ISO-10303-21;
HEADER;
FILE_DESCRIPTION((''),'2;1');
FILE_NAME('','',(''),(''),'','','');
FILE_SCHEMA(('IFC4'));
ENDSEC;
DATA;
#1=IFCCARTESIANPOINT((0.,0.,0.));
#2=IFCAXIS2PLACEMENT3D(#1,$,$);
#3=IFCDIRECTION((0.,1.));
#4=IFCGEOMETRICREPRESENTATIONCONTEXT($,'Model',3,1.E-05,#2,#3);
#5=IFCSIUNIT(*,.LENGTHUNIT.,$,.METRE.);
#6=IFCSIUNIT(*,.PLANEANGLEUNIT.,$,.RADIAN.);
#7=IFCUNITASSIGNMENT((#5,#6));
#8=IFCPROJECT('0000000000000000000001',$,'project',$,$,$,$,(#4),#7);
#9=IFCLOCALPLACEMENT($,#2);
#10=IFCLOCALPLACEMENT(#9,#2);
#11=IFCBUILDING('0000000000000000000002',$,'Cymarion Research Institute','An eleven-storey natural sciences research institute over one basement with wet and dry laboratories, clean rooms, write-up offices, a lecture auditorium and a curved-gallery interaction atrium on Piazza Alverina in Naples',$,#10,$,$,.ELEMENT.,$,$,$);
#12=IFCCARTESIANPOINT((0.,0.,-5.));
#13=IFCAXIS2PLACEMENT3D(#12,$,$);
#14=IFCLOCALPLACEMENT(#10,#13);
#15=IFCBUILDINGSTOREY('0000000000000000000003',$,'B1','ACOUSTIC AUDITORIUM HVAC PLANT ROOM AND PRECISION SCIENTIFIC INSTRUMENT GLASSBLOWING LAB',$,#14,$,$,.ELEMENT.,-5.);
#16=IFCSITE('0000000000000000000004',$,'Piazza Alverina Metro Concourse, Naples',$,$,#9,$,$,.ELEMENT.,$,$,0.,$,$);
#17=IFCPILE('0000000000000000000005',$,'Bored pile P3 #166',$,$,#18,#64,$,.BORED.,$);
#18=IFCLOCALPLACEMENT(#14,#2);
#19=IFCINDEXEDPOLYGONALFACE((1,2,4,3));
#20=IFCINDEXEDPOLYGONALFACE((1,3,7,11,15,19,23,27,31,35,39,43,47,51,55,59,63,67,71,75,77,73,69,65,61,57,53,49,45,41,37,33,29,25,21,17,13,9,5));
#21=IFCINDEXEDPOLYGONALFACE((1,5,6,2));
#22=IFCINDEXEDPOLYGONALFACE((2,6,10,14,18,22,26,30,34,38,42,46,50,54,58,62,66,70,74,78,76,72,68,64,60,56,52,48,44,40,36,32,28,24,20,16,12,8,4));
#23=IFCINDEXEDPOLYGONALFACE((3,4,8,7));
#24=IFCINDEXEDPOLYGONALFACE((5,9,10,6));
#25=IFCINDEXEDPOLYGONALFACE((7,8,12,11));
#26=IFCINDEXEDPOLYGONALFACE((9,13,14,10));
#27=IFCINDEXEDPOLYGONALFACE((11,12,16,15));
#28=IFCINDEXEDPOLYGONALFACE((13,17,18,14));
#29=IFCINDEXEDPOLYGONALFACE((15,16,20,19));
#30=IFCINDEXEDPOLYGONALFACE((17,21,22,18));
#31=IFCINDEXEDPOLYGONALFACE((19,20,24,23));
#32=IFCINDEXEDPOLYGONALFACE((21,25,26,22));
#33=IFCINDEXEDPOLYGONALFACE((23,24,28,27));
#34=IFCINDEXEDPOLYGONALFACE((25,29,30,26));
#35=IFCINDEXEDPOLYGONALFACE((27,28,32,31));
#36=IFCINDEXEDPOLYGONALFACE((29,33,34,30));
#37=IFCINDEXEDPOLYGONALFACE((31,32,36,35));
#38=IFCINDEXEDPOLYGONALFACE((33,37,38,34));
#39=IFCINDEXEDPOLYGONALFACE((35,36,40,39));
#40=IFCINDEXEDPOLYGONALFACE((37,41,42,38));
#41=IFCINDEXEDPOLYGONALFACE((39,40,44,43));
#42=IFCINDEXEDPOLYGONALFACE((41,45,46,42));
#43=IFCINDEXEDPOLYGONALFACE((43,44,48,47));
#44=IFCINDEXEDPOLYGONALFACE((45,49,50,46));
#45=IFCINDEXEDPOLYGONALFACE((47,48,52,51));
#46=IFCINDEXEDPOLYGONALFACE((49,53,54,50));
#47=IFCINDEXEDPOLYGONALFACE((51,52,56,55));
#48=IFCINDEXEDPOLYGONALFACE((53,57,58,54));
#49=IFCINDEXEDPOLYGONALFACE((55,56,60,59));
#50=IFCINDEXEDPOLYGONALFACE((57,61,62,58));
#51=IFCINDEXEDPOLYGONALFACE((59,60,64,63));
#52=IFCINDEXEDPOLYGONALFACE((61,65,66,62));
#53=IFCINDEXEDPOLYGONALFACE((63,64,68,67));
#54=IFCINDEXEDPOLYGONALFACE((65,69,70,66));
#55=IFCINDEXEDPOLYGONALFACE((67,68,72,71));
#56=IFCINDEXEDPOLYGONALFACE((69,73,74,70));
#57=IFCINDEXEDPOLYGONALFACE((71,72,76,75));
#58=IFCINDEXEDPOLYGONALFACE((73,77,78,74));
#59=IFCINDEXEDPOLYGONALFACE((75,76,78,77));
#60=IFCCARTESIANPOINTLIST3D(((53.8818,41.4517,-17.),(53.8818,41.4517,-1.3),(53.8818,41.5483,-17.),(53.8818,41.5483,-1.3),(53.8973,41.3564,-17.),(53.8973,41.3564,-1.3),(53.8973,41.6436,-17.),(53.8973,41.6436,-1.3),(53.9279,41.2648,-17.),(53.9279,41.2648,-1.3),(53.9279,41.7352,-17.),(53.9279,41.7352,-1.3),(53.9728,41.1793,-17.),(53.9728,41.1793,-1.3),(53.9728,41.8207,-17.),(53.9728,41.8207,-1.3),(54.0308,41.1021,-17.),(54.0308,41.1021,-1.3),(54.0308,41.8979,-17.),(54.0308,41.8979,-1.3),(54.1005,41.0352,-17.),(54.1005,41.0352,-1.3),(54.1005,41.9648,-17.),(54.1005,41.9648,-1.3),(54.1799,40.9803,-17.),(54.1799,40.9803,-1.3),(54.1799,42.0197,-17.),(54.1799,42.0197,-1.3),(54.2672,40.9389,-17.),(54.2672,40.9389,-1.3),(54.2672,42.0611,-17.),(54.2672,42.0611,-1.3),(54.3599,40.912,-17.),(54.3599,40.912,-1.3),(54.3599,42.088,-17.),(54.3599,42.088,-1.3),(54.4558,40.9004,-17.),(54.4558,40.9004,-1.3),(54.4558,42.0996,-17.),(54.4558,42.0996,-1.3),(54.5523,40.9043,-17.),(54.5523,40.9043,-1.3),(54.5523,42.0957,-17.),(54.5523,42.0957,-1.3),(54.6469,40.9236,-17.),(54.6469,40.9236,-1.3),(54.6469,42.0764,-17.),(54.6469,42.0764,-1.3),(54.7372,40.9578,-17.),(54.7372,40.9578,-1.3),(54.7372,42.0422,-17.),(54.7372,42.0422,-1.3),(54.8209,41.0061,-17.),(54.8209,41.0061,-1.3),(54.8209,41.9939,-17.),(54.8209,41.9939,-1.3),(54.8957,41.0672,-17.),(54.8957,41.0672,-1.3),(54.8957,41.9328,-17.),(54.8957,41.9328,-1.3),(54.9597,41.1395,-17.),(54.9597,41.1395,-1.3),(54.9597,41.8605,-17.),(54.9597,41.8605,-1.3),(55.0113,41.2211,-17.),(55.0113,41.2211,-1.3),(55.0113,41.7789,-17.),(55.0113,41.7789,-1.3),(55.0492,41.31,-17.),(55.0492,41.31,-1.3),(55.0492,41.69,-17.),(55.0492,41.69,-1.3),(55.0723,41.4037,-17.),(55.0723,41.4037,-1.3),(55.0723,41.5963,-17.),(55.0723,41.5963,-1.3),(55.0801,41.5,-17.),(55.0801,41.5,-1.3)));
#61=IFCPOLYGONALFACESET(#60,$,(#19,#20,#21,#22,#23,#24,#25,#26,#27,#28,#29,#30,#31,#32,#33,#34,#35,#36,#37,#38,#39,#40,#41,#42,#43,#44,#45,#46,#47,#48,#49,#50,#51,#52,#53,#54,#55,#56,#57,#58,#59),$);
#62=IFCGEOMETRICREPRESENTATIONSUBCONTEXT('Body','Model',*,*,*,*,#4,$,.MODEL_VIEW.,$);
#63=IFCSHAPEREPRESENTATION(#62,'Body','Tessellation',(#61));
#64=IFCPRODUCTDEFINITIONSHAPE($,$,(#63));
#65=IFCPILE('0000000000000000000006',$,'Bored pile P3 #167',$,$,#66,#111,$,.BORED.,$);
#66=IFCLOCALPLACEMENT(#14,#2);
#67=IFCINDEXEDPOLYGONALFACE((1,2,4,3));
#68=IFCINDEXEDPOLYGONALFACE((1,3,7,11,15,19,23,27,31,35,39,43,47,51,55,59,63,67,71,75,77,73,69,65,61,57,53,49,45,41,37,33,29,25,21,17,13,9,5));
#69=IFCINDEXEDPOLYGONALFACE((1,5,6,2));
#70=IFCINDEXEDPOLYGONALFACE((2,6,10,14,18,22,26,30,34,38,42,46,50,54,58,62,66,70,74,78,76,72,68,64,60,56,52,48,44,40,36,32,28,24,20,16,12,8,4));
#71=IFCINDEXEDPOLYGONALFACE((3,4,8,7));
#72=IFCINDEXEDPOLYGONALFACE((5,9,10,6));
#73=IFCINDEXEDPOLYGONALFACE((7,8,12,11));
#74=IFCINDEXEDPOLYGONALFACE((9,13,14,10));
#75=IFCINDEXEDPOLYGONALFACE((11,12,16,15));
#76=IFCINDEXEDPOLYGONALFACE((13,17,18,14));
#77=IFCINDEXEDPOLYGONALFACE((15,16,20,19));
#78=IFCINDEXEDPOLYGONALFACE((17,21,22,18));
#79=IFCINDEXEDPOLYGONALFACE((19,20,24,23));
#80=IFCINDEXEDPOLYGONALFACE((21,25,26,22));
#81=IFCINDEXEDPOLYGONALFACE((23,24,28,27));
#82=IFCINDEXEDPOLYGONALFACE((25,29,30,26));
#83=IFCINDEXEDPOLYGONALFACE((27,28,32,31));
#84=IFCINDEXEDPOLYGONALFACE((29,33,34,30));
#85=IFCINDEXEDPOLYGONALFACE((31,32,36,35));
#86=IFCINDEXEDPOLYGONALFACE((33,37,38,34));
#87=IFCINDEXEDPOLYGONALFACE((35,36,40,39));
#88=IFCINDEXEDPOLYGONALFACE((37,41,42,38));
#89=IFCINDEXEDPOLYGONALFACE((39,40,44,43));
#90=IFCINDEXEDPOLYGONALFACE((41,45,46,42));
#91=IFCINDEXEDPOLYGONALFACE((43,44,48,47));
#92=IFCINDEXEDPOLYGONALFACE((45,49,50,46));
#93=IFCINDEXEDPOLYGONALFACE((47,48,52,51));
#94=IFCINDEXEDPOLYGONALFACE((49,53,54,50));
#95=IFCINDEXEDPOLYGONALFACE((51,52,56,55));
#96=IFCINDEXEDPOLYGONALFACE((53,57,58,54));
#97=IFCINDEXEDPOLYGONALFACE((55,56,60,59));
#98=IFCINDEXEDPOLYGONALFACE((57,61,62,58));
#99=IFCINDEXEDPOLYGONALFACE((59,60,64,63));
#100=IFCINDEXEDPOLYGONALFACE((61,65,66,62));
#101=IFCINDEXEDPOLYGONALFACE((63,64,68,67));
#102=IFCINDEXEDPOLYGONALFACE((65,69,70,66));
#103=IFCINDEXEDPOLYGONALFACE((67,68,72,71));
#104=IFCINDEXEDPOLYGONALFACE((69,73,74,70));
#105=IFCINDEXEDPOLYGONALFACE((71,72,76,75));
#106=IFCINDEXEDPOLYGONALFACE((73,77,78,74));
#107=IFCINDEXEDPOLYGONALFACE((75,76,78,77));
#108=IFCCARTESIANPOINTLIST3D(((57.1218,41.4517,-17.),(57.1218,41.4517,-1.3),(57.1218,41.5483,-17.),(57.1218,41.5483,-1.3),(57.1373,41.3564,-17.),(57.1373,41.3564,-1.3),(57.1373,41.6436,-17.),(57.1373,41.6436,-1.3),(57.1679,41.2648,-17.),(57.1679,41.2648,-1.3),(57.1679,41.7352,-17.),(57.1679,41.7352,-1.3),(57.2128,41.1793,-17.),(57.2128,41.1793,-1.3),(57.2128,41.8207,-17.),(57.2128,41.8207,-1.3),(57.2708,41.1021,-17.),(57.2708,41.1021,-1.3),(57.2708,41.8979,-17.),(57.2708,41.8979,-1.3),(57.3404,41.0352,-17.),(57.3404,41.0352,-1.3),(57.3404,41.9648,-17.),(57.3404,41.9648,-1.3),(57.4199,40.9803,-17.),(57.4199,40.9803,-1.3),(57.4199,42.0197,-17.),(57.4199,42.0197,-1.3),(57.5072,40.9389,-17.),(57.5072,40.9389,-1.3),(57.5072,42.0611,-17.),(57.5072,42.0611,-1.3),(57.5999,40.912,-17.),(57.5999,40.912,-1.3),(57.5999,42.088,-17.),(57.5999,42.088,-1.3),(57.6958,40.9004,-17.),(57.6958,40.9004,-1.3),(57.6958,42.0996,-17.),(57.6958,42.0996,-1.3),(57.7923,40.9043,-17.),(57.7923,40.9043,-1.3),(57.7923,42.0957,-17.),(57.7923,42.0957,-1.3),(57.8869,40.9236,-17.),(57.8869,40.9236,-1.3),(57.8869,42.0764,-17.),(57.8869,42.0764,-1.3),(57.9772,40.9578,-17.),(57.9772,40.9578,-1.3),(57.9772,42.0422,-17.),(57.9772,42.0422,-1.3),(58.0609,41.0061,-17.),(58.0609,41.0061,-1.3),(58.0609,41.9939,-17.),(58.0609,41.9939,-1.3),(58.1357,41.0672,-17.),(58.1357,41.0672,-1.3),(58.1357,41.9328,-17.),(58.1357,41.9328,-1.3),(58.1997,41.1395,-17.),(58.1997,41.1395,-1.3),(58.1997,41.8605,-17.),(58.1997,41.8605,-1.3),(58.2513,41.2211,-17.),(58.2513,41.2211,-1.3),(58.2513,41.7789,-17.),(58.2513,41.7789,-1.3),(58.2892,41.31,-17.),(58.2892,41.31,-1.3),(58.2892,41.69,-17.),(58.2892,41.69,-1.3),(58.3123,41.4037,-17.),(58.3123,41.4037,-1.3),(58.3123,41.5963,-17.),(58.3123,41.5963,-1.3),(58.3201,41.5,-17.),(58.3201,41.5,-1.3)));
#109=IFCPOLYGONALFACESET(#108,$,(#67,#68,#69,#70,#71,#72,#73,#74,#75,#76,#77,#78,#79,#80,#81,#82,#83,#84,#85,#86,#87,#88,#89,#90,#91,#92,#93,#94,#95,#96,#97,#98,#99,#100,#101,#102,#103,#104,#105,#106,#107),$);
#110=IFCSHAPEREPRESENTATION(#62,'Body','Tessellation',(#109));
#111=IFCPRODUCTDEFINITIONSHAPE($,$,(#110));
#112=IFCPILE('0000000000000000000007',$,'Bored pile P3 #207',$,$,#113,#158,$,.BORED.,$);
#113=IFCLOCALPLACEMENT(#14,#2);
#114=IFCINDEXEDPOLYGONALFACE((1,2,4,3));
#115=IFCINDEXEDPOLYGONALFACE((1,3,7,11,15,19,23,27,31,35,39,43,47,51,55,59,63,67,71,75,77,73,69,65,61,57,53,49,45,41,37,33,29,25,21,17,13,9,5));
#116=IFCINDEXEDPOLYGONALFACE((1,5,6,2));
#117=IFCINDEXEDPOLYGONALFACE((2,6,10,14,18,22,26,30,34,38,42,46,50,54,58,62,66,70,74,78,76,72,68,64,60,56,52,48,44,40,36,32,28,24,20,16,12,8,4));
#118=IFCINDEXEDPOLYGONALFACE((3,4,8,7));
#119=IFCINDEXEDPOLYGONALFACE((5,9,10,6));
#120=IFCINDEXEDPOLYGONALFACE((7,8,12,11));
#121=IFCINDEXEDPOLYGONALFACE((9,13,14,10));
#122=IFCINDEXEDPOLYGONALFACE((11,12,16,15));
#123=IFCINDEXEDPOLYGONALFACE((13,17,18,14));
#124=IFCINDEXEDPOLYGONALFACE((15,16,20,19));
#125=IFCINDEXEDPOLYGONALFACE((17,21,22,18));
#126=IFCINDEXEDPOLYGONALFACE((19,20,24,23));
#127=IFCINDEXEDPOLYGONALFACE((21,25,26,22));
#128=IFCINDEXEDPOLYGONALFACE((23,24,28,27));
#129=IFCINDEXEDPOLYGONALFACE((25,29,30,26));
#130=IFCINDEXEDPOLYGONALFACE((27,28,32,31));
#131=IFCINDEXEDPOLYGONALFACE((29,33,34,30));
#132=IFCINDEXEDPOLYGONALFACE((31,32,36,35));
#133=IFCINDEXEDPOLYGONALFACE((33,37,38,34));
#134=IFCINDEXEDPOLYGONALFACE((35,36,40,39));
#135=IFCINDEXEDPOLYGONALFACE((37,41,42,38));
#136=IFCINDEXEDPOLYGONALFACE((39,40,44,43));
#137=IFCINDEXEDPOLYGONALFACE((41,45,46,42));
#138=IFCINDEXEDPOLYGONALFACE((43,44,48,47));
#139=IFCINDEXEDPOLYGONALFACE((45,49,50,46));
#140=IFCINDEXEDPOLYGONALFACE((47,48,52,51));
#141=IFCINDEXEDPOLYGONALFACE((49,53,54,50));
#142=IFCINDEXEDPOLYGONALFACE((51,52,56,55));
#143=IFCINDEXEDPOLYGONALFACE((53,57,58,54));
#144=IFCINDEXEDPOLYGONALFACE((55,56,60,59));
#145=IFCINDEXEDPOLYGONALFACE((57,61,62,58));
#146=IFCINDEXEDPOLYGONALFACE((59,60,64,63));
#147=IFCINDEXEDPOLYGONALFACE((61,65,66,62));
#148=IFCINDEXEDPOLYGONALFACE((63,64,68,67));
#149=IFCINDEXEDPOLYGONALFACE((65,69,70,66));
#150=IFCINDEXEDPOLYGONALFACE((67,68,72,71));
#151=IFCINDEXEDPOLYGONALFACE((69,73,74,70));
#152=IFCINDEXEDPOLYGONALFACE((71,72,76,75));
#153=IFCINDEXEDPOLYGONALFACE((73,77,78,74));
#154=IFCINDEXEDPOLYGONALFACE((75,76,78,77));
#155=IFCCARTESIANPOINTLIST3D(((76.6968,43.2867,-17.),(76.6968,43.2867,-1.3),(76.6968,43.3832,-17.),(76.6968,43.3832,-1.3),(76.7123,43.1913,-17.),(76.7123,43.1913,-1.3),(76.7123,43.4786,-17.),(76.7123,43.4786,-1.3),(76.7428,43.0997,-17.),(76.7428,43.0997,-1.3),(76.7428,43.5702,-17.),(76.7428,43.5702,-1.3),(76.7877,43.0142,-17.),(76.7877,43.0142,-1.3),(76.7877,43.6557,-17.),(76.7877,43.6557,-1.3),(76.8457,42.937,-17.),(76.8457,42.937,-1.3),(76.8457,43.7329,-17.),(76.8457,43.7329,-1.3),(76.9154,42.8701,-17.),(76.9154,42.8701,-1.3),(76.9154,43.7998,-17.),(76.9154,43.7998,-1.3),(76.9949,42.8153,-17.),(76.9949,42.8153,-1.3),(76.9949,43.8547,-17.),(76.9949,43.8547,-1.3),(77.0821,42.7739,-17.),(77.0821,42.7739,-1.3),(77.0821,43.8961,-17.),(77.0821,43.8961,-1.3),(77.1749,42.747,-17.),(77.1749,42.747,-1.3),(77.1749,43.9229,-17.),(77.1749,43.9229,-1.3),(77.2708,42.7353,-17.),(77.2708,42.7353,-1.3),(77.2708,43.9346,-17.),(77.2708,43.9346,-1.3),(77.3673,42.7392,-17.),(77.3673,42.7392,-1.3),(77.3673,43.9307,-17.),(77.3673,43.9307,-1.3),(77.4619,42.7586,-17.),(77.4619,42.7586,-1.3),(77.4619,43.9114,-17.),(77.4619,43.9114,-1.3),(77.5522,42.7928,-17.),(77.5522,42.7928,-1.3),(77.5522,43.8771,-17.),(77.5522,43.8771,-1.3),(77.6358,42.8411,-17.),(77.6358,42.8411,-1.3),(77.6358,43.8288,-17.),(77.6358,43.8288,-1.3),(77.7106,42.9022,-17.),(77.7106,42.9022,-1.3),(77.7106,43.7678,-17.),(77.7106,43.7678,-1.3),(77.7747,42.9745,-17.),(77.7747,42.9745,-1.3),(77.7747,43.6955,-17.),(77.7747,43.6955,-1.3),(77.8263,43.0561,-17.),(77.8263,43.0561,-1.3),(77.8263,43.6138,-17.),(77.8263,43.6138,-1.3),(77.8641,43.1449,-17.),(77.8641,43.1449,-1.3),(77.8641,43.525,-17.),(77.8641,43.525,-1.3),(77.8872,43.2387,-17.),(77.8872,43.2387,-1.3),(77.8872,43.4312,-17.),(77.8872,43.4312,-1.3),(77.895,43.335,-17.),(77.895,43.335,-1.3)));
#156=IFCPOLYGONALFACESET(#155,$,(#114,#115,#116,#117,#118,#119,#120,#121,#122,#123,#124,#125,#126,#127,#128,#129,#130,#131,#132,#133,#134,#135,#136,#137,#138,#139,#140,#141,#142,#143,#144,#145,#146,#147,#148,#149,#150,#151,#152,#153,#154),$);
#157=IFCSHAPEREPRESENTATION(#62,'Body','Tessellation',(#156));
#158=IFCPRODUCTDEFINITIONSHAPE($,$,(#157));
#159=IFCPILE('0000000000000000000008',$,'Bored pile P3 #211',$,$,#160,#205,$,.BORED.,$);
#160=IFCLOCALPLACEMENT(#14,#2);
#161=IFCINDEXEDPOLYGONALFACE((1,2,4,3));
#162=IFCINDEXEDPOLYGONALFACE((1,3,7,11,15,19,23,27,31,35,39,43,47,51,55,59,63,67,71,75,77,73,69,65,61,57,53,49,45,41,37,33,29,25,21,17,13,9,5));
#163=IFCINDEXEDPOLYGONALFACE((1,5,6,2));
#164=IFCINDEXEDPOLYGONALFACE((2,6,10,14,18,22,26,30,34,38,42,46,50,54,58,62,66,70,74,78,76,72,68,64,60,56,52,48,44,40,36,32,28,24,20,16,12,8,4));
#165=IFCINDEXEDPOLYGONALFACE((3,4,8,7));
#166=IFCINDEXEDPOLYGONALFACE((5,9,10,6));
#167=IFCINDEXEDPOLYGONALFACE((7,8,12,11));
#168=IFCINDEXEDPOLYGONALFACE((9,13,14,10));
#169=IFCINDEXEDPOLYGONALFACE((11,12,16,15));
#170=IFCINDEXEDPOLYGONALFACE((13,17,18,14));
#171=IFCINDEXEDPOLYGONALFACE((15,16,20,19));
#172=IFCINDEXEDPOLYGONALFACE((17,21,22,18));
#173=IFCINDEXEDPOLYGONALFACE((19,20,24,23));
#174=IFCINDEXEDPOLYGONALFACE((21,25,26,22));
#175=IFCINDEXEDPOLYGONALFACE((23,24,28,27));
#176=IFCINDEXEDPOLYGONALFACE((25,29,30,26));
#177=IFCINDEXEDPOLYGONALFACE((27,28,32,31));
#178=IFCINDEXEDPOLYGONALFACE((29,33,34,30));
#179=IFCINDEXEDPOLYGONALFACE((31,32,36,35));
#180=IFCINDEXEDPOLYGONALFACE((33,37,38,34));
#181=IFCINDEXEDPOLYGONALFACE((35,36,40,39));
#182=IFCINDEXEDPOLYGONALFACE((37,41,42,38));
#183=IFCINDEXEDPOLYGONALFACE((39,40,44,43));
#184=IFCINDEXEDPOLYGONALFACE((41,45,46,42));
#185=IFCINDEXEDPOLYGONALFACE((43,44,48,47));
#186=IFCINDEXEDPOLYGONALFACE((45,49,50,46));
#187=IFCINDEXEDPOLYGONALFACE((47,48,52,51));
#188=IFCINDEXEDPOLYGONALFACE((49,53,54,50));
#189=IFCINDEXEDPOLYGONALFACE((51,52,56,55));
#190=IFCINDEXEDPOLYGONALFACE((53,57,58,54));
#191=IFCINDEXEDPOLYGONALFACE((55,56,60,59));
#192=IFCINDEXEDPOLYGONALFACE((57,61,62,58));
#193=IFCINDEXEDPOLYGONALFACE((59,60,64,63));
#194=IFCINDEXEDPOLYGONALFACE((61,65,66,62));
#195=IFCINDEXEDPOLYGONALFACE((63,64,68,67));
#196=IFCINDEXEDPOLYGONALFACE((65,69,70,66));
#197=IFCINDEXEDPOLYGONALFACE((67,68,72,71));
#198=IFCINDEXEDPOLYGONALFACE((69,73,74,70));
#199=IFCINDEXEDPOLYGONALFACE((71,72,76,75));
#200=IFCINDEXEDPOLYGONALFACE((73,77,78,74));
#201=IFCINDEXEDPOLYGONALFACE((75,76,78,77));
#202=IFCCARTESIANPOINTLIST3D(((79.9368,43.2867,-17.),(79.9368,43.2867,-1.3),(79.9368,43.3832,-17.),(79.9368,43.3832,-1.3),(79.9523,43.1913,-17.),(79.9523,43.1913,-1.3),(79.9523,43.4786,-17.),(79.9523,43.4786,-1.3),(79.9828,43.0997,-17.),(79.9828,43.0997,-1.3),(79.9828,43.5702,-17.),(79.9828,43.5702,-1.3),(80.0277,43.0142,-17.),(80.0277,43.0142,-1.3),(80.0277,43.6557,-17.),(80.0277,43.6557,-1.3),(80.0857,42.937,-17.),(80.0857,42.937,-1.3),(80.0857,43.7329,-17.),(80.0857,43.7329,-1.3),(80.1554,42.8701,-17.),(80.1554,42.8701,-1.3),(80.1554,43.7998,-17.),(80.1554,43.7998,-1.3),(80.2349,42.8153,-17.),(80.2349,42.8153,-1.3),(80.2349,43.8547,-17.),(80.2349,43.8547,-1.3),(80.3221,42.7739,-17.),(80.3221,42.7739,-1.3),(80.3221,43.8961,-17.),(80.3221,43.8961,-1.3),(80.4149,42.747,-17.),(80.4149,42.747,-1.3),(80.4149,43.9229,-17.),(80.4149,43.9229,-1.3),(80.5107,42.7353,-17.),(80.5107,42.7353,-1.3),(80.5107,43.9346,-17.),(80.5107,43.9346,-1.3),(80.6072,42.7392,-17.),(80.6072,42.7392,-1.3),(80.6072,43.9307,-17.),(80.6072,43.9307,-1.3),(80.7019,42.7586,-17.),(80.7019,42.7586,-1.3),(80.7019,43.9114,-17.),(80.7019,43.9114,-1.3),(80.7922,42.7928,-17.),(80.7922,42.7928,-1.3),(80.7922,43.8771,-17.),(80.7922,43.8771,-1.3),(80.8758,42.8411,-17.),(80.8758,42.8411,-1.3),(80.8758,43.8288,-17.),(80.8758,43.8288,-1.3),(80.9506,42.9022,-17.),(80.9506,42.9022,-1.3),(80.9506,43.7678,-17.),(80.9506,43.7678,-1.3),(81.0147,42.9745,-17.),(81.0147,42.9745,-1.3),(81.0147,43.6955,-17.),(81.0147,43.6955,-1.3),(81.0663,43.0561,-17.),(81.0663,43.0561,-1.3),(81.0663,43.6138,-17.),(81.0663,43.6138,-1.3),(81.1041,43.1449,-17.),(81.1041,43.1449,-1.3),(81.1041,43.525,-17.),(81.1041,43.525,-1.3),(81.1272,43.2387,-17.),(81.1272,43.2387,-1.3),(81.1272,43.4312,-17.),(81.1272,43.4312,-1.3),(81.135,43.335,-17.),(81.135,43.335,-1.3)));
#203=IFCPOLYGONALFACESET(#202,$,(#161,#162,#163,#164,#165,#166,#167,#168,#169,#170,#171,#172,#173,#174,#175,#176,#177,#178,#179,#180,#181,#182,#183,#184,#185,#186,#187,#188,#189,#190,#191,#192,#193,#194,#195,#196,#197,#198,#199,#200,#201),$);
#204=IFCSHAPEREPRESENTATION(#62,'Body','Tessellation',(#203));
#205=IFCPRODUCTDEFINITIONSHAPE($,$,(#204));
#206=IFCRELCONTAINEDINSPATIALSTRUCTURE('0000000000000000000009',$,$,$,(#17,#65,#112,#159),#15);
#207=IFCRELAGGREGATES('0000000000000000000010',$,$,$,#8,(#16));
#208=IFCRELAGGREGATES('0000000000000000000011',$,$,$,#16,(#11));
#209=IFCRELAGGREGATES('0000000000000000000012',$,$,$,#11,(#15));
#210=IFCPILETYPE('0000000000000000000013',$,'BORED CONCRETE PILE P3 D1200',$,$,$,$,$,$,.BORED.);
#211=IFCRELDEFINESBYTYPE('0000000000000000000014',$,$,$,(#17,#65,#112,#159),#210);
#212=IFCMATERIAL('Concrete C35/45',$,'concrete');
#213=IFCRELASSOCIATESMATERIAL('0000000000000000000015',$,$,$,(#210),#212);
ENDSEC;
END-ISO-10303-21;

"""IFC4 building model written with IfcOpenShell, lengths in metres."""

from ifc_helpers import new_model, si_unit, direction, frame, origin, origin_2d, place, context, subcontext, project, spatial, circle, extrude, material, material_profile, profile_set, type_object, element, save


model = new_model("IFC4")

# Units and contexts
model_context = context("Model", 3, precision=1e-05, world=origin(), true_north=direction((0.0, 1.0)))
body_context = subcontext(model_context, "Body", "Model", "MODEL_VIEW")
ifc_project = project(units=[si_unit("LENGTHUNIT", "METRE"), si_unit("PLANEANGLEUNIT", "RADIAN")], contexts=[model_context])

# Site, building, storey
site_placement = place(None, origin())
site = spatial("IfcSite", under=ifc_project, at=site_placement, Name="Piazza Alverina Metro Concourse, Naples", CompositionType="ELEMENT", RefElevation=0.0)
building_placement = place(site_placement, origin())
building = spatial("IfcBuilding", under=site, at=building_placement, Name="Cymarion Research Institute", Description="An eleven-storey natural sciences research institute over one basement with wet and dry laboratories, clean rooms, write-up offices, a lecture auditorium and a curved-gallery interaction atrium on Piazza Alverina in Naples", CompositionType="ELEMENT")
storey_placement = place(building_placement, frame((0.0, 0.0, -5.0)))
storey = spatial("IfcBuildingStorey", under=building, at=storey_placement, Name="B1", Description="ACOUSTIC AUDITORIUM HVAC PLANT ROOM AND PRECISION SCIENTIFIC INSTRUMENT GLASSBLOWING LAB", CompositionType="ELEMENT", Elevation=-5.0)

# Piles
ifc_material_1 = material(Name="Concrete C35/45", Category="concrete")
ifc_material_profile_1 = material_profile(ifc_material_1, circle(Radius=0.6001, at=origin_2d()), Name="BORED PILE D1200")
ifc_profile_set_1 = profile_set([ifc_material_profile_1], Name="Concrete C35/45")
pile_type_1 = type_object("IfcPileType", Name="BORED CONCRETE PILE P3 D1200", PredefinedType="BORED", material=ifc_profile_set_1)
for number, where, z_axis, x_axis, name in (
    (1, (54.48, 41.5, -1.3), (0.0, 0.0, -1.0), (1.0, 0.0, 0.0), "Bored pile P3 #166"),
    (2, (57.72, 41.5, -1.3), (0.0, 0.0, -1.0), (1.0, 0.0, 0.0), "Bored pile P3 #167"),
    (3, (77.2949, 43.335, -1.3), (0.0, 0.0, -1.0), (1.0, 0.0, 0.0), "Bored pile P3 #207"),
    (4, (80.5349, 43.335, -1.3), (0.0, 0.0, -1.0), (1.0, 0.0, 0.0), "Bored pile P3 #211"),
):
    element("IfcPile", number, at=place(storey_placement, frame(where, z_axis=z_axis, x_axis=x_axis)), inside=storey, type_object=pile_type_1, Name=name, PredefinedType="BORED", context=body_context, shape_type="SweptSolid", body=[
        extrude(circle(Radius=0.6001, at=origin_2d()), origin(), (0.0, 0.0, 1.0), 15.7),
    ])

save(model, "model.ifc")
